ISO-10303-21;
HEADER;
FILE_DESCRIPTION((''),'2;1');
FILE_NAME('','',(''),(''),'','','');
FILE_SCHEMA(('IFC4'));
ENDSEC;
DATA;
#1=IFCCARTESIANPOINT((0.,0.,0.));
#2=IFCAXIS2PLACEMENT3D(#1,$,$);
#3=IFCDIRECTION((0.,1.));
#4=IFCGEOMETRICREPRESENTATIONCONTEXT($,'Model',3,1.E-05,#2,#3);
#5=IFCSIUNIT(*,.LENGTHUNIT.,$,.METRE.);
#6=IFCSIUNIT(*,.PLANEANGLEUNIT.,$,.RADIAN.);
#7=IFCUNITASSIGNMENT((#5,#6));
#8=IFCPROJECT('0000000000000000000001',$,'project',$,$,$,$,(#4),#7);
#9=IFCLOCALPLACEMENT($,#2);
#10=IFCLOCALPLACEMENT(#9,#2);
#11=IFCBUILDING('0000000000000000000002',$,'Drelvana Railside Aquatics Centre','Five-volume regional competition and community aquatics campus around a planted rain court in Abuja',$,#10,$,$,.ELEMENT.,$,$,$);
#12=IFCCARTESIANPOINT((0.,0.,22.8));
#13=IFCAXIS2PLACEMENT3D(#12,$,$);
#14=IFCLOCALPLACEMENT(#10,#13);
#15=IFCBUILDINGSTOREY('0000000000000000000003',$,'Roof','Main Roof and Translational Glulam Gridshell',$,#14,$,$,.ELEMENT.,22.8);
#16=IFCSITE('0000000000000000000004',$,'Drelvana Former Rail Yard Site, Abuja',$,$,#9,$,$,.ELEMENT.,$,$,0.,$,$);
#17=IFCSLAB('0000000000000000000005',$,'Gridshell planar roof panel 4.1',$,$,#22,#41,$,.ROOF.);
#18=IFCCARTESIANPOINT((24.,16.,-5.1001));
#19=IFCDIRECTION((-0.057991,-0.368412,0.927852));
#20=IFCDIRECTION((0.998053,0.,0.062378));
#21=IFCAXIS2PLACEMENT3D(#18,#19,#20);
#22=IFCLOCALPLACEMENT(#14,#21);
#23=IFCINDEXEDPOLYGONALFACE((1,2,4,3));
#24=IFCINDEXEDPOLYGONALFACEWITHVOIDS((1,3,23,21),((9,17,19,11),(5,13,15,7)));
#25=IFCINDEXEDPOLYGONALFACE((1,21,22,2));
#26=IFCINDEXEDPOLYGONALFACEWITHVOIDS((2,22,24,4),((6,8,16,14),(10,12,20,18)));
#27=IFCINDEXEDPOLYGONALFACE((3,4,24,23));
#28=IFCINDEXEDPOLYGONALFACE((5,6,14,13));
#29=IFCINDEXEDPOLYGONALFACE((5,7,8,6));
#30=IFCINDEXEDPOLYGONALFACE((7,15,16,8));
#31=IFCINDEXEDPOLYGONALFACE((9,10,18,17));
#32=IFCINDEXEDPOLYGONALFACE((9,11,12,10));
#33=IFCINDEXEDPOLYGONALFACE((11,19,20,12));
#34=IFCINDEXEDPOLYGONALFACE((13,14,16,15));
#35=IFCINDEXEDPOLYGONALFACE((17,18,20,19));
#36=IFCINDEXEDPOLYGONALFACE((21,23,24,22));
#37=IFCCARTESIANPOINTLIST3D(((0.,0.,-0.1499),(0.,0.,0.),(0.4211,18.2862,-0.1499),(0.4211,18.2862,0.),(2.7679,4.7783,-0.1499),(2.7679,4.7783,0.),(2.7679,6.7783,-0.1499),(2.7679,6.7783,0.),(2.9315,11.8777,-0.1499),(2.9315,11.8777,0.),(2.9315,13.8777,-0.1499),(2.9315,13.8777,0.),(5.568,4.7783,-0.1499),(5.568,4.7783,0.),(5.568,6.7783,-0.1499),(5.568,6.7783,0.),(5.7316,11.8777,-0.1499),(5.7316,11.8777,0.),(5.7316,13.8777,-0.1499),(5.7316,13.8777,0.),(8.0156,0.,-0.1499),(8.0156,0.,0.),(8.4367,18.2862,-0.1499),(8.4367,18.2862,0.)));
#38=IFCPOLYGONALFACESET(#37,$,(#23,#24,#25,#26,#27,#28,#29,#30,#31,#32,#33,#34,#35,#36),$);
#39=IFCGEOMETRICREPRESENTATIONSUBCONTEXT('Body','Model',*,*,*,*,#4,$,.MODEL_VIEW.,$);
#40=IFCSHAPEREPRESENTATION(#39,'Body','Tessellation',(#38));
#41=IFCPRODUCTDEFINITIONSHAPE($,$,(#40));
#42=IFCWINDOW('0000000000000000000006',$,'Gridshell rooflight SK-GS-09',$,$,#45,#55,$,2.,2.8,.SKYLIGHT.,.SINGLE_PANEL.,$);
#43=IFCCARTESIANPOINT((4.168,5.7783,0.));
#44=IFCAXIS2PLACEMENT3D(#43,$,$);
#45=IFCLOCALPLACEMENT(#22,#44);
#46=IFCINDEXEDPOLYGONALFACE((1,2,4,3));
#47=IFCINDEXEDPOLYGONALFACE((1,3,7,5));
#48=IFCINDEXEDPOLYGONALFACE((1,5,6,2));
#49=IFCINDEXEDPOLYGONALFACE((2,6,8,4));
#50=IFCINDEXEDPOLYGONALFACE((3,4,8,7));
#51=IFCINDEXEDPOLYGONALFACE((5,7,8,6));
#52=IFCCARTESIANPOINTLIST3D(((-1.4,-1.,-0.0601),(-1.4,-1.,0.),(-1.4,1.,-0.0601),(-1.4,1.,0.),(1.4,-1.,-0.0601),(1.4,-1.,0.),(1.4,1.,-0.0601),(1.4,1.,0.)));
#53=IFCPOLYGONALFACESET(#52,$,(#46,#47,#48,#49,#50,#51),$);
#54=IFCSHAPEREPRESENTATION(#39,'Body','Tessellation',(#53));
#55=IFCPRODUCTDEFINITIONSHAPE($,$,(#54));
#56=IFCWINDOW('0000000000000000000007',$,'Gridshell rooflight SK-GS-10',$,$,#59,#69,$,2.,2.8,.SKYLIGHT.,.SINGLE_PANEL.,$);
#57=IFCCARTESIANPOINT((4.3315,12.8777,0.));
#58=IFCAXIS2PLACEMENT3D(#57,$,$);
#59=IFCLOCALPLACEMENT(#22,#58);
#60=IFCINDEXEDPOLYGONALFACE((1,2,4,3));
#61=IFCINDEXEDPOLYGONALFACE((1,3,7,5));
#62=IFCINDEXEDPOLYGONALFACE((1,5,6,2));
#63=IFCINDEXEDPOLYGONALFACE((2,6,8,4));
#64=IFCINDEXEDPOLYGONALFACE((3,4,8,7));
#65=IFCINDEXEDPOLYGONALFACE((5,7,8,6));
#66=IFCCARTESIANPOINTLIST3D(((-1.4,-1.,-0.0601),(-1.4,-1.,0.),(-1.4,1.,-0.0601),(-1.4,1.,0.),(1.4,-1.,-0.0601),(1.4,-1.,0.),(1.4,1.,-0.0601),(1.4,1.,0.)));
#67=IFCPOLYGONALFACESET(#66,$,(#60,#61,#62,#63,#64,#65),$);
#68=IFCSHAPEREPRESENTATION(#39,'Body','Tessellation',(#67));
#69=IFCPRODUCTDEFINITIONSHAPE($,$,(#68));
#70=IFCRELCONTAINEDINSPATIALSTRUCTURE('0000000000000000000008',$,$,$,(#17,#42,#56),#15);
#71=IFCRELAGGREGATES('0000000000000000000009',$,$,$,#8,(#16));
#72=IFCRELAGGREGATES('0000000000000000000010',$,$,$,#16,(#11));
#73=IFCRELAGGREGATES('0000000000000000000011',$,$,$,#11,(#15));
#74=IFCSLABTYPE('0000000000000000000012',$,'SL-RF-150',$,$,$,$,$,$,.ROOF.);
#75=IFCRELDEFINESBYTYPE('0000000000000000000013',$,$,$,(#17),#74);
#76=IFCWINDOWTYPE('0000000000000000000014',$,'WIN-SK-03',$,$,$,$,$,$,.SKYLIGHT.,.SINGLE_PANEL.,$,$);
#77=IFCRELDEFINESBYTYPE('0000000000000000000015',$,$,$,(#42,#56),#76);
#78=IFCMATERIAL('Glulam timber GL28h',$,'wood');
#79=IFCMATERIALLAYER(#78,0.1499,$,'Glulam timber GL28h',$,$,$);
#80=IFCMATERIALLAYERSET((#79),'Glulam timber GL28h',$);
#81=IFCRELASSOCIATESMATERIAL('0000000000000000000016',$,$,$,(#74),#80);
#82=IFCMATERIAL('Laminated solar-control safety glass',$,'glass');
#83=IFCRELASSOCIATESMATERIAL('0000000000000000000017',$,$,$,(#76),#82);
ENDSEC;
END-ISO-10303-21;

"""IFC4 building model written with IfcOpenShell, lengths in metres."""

from ifc_helpers import new_model, si_unit, direction, frame, origin, origin_2d, place, context, subcontext, project, spatial, polyline, rectangle, outline, extrude, material, layer, layer_set, type_object, element, fill, save


model = new_model("IFC4")

# Units and contexts
model_context = context("Model", 3, precision=1e-05, world=origin(), true_north=direction((0.0, 1.0)))
body_context = subcontext(model_context, "Body", "Model", "MODEL_VIEW")
ifc_project = project(units=[si_unit("LENGTHUNIT", "METRE"), si_unit("PLANEANGLEUNIT", "RADIAN")], contexts=[model_context])

# Site, building, storey
site_placement = place(None, origin())
site = spatial("IfcSite", under=ifc_project, at=site_placement, Name="Drelvana Former Rail Yard Site, Abuja", CompositionType="ELEMENT", RefElevation=0.0)
building_placement = place(site_placement, origin())
building = spatial("IfcBuilding", under=site, at=building_placement, Name="Drelvana Railside Aquatics Centre", Description="Five-volume regional competition and community aquatics campus around a planted rain court in Abuja", CompositionType="ELEMENT")
storey_placement = place(building_placement, frame((0.0, 0.0, 22.8)))
storey = spatial("IfcBuildingStorey", under=building, at=storey_placement, Name="Roof", Description="Main Roof and Translational Glulam Gridshell", CompositionType="ELEMENT", Elevation=22.8)

# Shared definitions
ifc_material_1 = material(Name="Glulam timber GL28h", Category="wood")

# Shared definitions
ifc_layer_1 = layer(ifc_material_1, 0.1499, Name="Glulam timber GL28h")
ifc_layer_set_1 = layer_set([ifc_layer_1], Name="Glulam timber GL28h")
slab_type_1 = type_object("IfcSlabType", Name="SL-RF-150", PredefinedType="ROOF", material=ifc_layer_set_1)
ifc_material_2 = material(Name="Laminated solar-control safety glass", Category="glass")
window_type_1 = type_object("IfcWindowType", Name="WIN-SK-03", PartitioningType="SINGLE_PANEL", PredefinedType="SKYLIGHT", material=ifc_material_2)

# Slab, openings, windows
slab_1_placement = place(storey_placement, frame((24.0, 16.0, -5.1001), z_axis=(-0.057991, -0.368412, 0.927852), x_axis=(0.998053, 0.0, 0.062378)))
slab_1 = element("IfcSlab", 1, at=slab_1_placement, inside=storey, type_object=slab_type_1, Name="Gridshell planar roof panel 4.1", PredefinedType="ROOF", context=body_context, shape_type="SweptSolid", body=[
    extrude(outline(polyline([(0.0, 0.0), (8.0156, 0.0), (8.4367, 18.2862), (0.4211, 18.2862), (0.0, 0.0)])), origin(), (0.0, 0.0, -1.0), 0.1499),
])
opening_1_placement = place(slab_1_placement, frame((4.168, 5.7783, 0.01)))
opening_1 = element("IfcOpeningElement", 2, at=opening_1_placement, cuts=slab_1, PredefinedType="OPENING", context=body_context, shape_type="SweptSolid", body=[
    extrude(rectangle(XDim=2.8, YDim=2.0, at=origin_2d()), origin(), (0.0, 0.0, -1.0), 0.1699),
])
opening_2_placement = place(slab_1_placement, frame((4.3315, 12.8777, 0.01)))
opening_2 = element("IfcOpeningElement", 3, at=opening_2_placement, cuts=slab_1, PredefinedType="OPENING", context=body_context, shape_type="SweptSolid", body=[
    extrude(rectangle(XDim=2.8, YDim=2.0, at=origin_2d()), origin(), (0.0, 0.0, -1.0), 0.1699),
])
window_1_placement = place(slab_1_placement, frame((4.168, 5.7783, 0.0)))
window_1 = element("IfcWindow", 4, at=window_1_placement, inside=storey, type_object=window_type_1, Name="Gridshell rooflight SK-GS-09", OverallHeight=2.0, OverallWidth=2.8, PartitioningType="SINGLE_PANEL", PredefinedType="SKYLIGHT", context=body_context, shape_type="SweptSolid", body=[
    extrude(rectangle(XDim=2.8, YDim=2.0, at=origin_2d()), origin(), (0.0, 0.0, -1.0), 0.0601),
])
fill(opening_1, window_1)
window_2_placement = place(slab_1_placement, frame((4.3315, 12.8777, 0.0)))
window_2 = element("IfcWindow", 5, at=window_2_placement, inside=storey, type_object=window_type_1, Name="Gridshell rooflight SK-GS-10", OverallHeight=2.0, OverallWidth=2.8, PartitioningType="SINGLE_PANEL", PredefinedType="SKYLIGHT", context=body_context, shape_type="SweptSolid", body=[
    extrude(rectangle(XDim=2.8, YDim=2.0, at=origin_2d()), origin(), (0.0, 0.0, -1.0), 0.0601),
])
fill(opening_2, window_2)

save(model, "model.ifc")
